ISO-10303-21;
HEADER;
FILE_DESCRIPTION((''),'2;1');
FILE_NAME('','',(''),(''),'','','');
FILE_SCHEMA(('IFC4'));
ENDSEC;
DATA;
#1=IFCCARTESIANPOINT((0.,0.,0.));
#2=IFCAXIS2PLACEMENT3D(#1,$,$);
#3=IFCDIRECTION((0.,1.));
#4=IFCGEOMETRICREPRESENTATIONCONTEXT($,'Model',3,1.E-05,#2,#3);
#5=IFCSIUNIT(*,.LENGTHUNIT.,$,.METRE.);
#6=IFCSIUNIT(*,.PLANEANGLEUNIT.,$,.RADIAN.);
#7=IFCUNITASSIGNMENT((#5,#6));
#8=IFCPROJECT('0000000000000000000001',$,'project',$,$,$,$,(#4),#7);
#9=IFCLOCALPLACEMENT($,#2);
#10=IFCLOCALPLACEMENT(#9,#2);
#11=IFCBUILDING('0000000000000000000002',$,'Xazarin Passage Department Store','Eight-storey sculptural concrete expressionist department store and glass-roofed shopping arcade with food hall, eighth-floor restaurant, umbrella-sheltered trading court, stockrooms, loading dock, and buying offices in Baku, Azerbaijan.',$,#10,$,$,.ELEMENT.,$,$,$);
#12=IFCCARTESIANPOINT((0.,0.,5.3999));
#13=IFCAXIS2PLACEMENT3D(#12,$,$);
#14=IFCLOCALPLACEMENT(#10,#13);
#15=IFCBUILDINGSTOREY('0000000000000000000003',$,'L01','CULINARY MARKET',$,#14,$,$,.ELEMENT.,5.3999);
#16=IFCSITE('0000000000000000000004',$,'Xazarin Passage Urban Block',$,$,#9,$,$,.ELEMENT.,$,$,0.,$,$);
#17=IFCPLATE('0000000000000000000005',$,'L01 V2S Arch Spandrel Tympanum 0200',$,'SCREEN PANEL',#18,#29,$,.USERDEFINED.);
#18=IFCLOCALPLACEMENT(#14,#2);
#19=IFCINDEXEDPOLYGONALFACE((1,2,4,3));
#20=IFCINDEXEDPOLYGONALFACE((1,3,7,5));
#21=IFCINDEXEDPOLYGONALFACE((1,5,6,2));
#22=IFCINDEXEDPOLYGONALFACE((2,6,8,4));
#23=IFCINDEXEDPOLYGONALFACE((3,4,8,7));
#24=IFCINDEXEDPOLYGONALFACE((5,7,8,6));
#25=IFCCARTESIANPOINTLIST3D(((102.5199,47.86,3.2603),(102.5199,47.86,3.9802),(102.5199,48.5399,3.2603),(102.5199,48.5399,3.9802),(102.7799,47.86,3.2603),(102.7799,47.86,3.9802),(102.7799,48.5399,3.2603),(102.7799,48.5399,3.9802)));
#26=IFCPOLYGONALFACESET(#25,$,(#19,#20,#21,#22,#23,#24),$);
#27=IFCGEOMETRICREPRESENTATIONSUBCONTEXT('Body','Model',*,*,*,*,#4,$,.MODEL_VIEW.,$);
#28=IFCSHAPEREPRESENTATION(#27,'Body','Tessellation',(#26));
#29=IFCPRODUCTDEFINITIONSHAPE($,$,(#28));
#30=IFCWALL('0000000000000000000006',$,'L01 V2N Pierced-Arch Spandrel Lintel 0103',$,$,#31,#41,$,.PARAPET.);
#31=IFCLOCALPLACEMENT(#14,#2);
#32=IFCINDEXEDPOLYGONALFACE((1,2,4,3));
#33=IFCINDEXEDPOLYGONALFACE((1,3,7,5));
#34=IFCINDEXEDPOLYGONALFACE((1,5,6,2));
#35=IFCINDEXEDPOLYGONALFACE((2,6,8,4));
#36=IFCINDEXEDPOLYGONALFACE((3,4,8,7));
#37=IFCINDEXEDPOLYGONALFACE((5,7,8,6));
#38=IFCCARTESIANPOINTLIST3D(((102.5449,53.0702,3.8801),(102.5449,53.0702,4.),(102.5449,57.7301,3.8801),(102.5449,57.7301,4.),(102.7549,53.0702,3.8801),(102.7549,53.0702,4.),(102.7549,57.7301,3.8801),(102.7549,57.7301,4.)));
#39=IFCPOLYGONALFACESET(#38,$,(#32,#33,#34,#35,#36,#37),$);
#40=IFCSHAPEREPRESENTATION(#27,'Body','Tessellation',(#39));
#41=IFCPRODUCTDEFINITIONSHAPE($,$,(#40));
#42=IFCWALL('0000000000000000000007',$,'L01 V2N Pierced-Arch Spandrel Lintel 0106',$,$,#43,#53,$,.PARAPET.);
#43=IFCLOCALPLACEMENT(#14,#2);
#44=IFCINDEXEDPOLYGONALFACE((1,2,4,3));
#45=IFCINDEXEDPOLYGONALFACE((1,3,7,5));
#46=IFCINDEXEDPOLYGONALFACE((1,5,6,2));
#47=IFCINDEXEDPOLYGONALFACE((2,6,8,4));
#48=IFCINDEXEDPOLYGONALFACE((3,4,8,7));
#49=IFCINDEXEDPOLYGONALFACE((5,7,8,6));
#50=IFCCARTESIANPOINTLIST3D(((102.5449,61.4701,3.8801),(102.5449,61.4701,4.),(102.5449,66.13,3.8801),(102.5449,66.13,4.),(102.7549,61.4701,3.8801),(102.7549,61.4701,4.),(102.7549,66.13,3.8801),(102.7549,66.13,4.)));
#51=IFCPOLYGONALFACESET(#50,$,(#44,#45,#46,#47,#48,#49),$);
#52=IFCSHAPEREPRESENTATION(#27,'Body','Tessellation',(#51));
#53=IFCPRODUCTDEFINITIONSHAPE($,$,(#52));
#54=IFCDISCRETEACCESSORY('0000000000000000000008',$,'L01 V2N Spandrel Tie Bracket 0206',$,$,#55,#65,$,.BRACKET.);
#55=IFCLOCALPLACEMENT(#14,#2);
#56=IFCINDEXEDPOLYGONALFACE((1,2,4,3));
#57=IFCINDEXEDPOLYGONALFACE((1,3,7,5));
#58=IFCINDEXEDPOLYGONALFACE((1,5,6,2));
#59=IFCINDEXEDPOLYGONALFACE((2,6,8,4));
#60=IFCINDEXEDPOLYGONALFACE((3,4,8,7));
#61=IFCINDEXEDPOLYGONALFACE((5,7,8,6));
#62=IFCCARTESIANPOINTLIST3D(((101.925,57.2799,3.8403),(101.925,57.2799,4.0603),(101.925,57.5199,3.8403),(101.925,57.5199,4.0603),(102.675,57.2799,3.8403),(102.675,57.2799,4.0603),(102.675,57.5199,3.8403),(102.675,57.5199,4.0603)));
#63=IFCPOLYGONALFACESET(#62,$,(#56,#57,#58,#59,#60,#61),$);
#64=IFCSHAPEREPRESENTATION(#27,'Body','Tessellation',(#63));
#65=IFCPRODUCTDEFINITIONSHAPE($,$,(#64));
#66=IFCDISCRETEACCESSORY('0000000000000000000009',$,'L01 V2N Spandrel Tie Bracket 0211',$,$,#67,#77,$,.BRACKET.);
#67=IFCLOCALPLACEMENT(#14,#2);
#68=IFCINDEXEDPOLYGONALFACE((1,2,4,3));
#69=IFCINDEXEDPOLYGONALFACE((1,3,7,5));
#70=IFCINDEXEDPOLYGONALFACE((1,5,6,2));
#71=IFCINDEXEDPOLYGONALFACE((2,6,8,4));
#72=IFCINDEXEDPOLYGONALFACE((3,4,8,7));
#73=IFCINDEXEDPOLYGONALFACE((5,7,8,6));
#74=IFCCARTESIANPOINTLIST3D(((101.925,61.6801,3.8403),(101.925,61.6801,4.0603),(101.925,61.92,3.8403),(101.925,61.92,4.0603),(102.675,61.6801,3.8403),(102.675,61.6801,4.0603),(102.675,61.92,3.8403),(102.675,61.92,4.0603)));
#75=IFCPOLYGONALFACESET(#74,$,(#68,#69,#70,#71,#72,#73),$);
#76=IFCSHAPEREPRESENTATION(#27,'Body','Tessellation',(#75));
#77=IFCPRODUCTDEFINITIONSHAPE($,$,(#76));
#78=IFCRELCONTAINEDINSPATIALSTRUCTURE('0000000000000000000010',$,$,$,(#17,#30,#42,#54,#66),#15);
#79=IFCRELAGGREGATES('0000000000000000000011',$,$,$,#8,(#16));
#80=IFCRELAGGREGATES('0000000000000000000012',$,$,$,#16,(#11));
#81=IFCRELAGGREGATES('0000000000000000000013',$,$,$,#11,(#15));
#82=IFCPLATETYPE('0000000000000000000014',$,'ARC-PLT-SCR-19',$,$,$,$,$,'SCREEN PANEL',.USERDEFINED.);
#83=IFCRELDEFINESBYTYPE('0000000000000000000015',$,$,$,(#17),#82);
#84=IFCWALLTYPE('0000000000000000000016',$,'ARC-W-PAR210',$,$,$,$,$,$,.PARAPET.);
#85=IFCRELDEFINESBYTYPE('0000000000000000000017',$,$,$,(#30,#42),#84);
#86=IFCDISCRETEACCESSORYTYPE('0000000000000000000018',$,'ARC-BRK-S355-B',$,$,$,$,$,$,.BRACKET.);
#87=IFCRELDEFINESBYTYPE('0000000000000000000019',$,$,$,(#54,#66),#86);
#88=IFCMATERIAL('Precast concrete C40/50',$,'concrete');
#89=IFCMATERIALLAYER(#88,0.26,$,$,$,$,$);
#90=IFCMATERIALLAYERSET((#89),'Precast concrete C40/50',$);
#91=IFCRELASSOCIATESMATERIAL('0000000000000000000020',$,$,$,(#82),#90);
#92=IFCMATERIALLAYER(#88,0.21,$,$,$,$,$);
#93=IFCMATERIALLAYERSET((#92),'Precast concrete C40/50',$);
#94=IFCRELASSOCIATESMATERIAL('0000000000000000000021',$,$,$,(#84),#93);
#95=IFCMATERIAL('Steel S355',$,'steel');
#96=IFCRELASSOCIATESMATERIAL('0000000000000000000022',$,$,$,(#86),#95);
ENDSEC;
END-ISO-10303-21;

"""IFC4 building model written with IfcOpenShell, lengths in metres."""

from ifc_helpers import new_model, si_unit, direction, frame, frame_2d, origin, origin_2d, place, context, subcontext, project, spatial, rectangle, extrude, material, layer, layer_set, type_object, element, save


model = new_model("IFC4")

# Units and contexts
model_context = context("Model", 3, precision=1e-05, world=origin(), true_north=direction((0.0, 1.0)))
body_context = subcontext(model_context, "Body", "Model", "MODEL_VIEW")
ifc_project = project(units=[si_unit("LENGTHUNIT", "METRE"), si_unit("PLANEANGLEUNIT", "RADIAN")], contexts=[model_context])

# Site, building, storey
site_placement = place(None, origin())
site = spatial("IfcSite", under=ifc_project, at=site_placement, Name="Xazarin Passage Urban Block", CompositionType="ELEMENT", RefElevation=0.0)
building_placement = place(site_placement, origin())
building = spatial("IfcBuilding", under=site, at=building_placement, Name="Xazarin Passage Department Store", Description="Eight-storey sculptural concrete expressionist department store and glass-roofed shopping arcade with food hall, eighth-floor restaurant, umbrella-sheltered trading court, stockrooms, loading dock, and buying offices in Baku, Azerbaijan.", CompositionType="ELEMENT")
storey_placement = place(building_placement, frame((0.0, 0.0, 5.3999)))
storey = spatial("IfcBuildingStorey", under=building, at=storey_placement, Name="L01", Description="CULINARY MARKET", CompositionType="ELEMENT", Elevation=5.3999)

# Plate
ifc_material_1 = material(Name="Precast concrete C40/50", Category="concrete")
ifc_layer_1 = layer(ifc_material_1, 0.26)
ifc_layer_set_1 = layer_set([ifc_layer_1], Name="Precast concrete C40/50")
plate_type_1 = type_object("IfcPlateType", Name="ARC-PLT-SCR-19", ElementType="SCREEN PANEL", PredefinedType="USERDEFINED", material=ifc_layer_set_1)
plate_placement = place(storey_placement, frame((102.6499, 48.2, 3.2603), z_axis=(0.0, 0.0, 1.0), x_axis=(0.0, 1.0, 0.0)))
element("IfcPlate", 1, at=plate_placement, inside=storey, type_object=plate_type_1, Name="L01 V2S Arch Spandrel Tympanum 0200", ObjectType="SCREEN PANEL", PredefinedType="USERDEFINED", context=body_context, shape_type="SweptSolid", body=[
    extrude(rectangle(XDim=0.6799, YDim=0.26, at=origin_2d()), origin(), (0.0, 0.0, 1.0), 0.72),
])

# Walls
ifc_layer_2 = layer(ifc_material_1, 0.21)
ifc_layer_set_2 = layer_set([ifc_layer_2], Name="Precast concrete C40/50")
wall_type = type_object("IfcWallType", Name="ARC-W-PAR210", PredefinedType="PARAPET", material=ifc_layer_set_2)
for number, where, z_axis, x_axis, name in (
    (2, (102.6499, 53.0701, 3.8801), (0.0, 0.0, 1.0), (0.0, 1.0, 0.0), "L01 V2N Pierced-Arch Spandrel Lintel 0103"),
    (3, (102.6499, 61.47, 3.8801), (0.0, 0.0, 1.0), (0.0, 1.0, 0.0), "L01 V2N Pierced-Arch Spandrel Lintel 0106"),
):
    element("IfcWall", number, at=place(storey_placement, frame(where, z_axis=z_axis, x_axis=x_axis)), inside=storey, type_object=wall_type, Name=name, PredefinedType="PARAPET", context=body_context, shape_type="SweptSolid", body=[
        extrude(rectangle(XDim=4.6599, YDim=0.21, at=frame_2d((2.3301, 0.0))), origin(), (0.0, 0.0, 1.0), 0.1199),
    ])

# Discrete accessories
ifc_material_2 = material(Name="Steel S355", Category="steel")
discrete_accessory_type = type_object("IfcDiscreteAccessoryType", Name="ARC-BRK-S355-B", PredefinedType="BRACKET", material=ifc_material_2)
for number, where, z_axis, x_axis, name in (
    (4, (102.3, 57.3999, 3.8403), (0.0, 0.0, 1.0), (0.0, 1.0, 0.0), "L01 V2N Spandrel Tie Bracket 0206"),
    (5, (102.3, 61.8, 3.8403), (0.0, 0.0, 1.0), (0.0, 1.0, 0.0), "L01 V2N Spandrel Tie Bracket 0211"),
):
    element("IfcDiscreteAccessory", number, at=place(storey_placement, frame(where, z_axis=z_axis, x_axis=x_axis)), inside=storey, type_object=discrete_accessory_type, Name=name, PredefinedType="BRACKET", context=body_context, shape_type="SweptSolid", body=[
        extrude(rectangle(XDim=0.24, YDim=0.75, at=origin_2d()), origin(), (0.0, 0.0, 1.0), 0.22),
    ])

save(model, "model.ifc")
